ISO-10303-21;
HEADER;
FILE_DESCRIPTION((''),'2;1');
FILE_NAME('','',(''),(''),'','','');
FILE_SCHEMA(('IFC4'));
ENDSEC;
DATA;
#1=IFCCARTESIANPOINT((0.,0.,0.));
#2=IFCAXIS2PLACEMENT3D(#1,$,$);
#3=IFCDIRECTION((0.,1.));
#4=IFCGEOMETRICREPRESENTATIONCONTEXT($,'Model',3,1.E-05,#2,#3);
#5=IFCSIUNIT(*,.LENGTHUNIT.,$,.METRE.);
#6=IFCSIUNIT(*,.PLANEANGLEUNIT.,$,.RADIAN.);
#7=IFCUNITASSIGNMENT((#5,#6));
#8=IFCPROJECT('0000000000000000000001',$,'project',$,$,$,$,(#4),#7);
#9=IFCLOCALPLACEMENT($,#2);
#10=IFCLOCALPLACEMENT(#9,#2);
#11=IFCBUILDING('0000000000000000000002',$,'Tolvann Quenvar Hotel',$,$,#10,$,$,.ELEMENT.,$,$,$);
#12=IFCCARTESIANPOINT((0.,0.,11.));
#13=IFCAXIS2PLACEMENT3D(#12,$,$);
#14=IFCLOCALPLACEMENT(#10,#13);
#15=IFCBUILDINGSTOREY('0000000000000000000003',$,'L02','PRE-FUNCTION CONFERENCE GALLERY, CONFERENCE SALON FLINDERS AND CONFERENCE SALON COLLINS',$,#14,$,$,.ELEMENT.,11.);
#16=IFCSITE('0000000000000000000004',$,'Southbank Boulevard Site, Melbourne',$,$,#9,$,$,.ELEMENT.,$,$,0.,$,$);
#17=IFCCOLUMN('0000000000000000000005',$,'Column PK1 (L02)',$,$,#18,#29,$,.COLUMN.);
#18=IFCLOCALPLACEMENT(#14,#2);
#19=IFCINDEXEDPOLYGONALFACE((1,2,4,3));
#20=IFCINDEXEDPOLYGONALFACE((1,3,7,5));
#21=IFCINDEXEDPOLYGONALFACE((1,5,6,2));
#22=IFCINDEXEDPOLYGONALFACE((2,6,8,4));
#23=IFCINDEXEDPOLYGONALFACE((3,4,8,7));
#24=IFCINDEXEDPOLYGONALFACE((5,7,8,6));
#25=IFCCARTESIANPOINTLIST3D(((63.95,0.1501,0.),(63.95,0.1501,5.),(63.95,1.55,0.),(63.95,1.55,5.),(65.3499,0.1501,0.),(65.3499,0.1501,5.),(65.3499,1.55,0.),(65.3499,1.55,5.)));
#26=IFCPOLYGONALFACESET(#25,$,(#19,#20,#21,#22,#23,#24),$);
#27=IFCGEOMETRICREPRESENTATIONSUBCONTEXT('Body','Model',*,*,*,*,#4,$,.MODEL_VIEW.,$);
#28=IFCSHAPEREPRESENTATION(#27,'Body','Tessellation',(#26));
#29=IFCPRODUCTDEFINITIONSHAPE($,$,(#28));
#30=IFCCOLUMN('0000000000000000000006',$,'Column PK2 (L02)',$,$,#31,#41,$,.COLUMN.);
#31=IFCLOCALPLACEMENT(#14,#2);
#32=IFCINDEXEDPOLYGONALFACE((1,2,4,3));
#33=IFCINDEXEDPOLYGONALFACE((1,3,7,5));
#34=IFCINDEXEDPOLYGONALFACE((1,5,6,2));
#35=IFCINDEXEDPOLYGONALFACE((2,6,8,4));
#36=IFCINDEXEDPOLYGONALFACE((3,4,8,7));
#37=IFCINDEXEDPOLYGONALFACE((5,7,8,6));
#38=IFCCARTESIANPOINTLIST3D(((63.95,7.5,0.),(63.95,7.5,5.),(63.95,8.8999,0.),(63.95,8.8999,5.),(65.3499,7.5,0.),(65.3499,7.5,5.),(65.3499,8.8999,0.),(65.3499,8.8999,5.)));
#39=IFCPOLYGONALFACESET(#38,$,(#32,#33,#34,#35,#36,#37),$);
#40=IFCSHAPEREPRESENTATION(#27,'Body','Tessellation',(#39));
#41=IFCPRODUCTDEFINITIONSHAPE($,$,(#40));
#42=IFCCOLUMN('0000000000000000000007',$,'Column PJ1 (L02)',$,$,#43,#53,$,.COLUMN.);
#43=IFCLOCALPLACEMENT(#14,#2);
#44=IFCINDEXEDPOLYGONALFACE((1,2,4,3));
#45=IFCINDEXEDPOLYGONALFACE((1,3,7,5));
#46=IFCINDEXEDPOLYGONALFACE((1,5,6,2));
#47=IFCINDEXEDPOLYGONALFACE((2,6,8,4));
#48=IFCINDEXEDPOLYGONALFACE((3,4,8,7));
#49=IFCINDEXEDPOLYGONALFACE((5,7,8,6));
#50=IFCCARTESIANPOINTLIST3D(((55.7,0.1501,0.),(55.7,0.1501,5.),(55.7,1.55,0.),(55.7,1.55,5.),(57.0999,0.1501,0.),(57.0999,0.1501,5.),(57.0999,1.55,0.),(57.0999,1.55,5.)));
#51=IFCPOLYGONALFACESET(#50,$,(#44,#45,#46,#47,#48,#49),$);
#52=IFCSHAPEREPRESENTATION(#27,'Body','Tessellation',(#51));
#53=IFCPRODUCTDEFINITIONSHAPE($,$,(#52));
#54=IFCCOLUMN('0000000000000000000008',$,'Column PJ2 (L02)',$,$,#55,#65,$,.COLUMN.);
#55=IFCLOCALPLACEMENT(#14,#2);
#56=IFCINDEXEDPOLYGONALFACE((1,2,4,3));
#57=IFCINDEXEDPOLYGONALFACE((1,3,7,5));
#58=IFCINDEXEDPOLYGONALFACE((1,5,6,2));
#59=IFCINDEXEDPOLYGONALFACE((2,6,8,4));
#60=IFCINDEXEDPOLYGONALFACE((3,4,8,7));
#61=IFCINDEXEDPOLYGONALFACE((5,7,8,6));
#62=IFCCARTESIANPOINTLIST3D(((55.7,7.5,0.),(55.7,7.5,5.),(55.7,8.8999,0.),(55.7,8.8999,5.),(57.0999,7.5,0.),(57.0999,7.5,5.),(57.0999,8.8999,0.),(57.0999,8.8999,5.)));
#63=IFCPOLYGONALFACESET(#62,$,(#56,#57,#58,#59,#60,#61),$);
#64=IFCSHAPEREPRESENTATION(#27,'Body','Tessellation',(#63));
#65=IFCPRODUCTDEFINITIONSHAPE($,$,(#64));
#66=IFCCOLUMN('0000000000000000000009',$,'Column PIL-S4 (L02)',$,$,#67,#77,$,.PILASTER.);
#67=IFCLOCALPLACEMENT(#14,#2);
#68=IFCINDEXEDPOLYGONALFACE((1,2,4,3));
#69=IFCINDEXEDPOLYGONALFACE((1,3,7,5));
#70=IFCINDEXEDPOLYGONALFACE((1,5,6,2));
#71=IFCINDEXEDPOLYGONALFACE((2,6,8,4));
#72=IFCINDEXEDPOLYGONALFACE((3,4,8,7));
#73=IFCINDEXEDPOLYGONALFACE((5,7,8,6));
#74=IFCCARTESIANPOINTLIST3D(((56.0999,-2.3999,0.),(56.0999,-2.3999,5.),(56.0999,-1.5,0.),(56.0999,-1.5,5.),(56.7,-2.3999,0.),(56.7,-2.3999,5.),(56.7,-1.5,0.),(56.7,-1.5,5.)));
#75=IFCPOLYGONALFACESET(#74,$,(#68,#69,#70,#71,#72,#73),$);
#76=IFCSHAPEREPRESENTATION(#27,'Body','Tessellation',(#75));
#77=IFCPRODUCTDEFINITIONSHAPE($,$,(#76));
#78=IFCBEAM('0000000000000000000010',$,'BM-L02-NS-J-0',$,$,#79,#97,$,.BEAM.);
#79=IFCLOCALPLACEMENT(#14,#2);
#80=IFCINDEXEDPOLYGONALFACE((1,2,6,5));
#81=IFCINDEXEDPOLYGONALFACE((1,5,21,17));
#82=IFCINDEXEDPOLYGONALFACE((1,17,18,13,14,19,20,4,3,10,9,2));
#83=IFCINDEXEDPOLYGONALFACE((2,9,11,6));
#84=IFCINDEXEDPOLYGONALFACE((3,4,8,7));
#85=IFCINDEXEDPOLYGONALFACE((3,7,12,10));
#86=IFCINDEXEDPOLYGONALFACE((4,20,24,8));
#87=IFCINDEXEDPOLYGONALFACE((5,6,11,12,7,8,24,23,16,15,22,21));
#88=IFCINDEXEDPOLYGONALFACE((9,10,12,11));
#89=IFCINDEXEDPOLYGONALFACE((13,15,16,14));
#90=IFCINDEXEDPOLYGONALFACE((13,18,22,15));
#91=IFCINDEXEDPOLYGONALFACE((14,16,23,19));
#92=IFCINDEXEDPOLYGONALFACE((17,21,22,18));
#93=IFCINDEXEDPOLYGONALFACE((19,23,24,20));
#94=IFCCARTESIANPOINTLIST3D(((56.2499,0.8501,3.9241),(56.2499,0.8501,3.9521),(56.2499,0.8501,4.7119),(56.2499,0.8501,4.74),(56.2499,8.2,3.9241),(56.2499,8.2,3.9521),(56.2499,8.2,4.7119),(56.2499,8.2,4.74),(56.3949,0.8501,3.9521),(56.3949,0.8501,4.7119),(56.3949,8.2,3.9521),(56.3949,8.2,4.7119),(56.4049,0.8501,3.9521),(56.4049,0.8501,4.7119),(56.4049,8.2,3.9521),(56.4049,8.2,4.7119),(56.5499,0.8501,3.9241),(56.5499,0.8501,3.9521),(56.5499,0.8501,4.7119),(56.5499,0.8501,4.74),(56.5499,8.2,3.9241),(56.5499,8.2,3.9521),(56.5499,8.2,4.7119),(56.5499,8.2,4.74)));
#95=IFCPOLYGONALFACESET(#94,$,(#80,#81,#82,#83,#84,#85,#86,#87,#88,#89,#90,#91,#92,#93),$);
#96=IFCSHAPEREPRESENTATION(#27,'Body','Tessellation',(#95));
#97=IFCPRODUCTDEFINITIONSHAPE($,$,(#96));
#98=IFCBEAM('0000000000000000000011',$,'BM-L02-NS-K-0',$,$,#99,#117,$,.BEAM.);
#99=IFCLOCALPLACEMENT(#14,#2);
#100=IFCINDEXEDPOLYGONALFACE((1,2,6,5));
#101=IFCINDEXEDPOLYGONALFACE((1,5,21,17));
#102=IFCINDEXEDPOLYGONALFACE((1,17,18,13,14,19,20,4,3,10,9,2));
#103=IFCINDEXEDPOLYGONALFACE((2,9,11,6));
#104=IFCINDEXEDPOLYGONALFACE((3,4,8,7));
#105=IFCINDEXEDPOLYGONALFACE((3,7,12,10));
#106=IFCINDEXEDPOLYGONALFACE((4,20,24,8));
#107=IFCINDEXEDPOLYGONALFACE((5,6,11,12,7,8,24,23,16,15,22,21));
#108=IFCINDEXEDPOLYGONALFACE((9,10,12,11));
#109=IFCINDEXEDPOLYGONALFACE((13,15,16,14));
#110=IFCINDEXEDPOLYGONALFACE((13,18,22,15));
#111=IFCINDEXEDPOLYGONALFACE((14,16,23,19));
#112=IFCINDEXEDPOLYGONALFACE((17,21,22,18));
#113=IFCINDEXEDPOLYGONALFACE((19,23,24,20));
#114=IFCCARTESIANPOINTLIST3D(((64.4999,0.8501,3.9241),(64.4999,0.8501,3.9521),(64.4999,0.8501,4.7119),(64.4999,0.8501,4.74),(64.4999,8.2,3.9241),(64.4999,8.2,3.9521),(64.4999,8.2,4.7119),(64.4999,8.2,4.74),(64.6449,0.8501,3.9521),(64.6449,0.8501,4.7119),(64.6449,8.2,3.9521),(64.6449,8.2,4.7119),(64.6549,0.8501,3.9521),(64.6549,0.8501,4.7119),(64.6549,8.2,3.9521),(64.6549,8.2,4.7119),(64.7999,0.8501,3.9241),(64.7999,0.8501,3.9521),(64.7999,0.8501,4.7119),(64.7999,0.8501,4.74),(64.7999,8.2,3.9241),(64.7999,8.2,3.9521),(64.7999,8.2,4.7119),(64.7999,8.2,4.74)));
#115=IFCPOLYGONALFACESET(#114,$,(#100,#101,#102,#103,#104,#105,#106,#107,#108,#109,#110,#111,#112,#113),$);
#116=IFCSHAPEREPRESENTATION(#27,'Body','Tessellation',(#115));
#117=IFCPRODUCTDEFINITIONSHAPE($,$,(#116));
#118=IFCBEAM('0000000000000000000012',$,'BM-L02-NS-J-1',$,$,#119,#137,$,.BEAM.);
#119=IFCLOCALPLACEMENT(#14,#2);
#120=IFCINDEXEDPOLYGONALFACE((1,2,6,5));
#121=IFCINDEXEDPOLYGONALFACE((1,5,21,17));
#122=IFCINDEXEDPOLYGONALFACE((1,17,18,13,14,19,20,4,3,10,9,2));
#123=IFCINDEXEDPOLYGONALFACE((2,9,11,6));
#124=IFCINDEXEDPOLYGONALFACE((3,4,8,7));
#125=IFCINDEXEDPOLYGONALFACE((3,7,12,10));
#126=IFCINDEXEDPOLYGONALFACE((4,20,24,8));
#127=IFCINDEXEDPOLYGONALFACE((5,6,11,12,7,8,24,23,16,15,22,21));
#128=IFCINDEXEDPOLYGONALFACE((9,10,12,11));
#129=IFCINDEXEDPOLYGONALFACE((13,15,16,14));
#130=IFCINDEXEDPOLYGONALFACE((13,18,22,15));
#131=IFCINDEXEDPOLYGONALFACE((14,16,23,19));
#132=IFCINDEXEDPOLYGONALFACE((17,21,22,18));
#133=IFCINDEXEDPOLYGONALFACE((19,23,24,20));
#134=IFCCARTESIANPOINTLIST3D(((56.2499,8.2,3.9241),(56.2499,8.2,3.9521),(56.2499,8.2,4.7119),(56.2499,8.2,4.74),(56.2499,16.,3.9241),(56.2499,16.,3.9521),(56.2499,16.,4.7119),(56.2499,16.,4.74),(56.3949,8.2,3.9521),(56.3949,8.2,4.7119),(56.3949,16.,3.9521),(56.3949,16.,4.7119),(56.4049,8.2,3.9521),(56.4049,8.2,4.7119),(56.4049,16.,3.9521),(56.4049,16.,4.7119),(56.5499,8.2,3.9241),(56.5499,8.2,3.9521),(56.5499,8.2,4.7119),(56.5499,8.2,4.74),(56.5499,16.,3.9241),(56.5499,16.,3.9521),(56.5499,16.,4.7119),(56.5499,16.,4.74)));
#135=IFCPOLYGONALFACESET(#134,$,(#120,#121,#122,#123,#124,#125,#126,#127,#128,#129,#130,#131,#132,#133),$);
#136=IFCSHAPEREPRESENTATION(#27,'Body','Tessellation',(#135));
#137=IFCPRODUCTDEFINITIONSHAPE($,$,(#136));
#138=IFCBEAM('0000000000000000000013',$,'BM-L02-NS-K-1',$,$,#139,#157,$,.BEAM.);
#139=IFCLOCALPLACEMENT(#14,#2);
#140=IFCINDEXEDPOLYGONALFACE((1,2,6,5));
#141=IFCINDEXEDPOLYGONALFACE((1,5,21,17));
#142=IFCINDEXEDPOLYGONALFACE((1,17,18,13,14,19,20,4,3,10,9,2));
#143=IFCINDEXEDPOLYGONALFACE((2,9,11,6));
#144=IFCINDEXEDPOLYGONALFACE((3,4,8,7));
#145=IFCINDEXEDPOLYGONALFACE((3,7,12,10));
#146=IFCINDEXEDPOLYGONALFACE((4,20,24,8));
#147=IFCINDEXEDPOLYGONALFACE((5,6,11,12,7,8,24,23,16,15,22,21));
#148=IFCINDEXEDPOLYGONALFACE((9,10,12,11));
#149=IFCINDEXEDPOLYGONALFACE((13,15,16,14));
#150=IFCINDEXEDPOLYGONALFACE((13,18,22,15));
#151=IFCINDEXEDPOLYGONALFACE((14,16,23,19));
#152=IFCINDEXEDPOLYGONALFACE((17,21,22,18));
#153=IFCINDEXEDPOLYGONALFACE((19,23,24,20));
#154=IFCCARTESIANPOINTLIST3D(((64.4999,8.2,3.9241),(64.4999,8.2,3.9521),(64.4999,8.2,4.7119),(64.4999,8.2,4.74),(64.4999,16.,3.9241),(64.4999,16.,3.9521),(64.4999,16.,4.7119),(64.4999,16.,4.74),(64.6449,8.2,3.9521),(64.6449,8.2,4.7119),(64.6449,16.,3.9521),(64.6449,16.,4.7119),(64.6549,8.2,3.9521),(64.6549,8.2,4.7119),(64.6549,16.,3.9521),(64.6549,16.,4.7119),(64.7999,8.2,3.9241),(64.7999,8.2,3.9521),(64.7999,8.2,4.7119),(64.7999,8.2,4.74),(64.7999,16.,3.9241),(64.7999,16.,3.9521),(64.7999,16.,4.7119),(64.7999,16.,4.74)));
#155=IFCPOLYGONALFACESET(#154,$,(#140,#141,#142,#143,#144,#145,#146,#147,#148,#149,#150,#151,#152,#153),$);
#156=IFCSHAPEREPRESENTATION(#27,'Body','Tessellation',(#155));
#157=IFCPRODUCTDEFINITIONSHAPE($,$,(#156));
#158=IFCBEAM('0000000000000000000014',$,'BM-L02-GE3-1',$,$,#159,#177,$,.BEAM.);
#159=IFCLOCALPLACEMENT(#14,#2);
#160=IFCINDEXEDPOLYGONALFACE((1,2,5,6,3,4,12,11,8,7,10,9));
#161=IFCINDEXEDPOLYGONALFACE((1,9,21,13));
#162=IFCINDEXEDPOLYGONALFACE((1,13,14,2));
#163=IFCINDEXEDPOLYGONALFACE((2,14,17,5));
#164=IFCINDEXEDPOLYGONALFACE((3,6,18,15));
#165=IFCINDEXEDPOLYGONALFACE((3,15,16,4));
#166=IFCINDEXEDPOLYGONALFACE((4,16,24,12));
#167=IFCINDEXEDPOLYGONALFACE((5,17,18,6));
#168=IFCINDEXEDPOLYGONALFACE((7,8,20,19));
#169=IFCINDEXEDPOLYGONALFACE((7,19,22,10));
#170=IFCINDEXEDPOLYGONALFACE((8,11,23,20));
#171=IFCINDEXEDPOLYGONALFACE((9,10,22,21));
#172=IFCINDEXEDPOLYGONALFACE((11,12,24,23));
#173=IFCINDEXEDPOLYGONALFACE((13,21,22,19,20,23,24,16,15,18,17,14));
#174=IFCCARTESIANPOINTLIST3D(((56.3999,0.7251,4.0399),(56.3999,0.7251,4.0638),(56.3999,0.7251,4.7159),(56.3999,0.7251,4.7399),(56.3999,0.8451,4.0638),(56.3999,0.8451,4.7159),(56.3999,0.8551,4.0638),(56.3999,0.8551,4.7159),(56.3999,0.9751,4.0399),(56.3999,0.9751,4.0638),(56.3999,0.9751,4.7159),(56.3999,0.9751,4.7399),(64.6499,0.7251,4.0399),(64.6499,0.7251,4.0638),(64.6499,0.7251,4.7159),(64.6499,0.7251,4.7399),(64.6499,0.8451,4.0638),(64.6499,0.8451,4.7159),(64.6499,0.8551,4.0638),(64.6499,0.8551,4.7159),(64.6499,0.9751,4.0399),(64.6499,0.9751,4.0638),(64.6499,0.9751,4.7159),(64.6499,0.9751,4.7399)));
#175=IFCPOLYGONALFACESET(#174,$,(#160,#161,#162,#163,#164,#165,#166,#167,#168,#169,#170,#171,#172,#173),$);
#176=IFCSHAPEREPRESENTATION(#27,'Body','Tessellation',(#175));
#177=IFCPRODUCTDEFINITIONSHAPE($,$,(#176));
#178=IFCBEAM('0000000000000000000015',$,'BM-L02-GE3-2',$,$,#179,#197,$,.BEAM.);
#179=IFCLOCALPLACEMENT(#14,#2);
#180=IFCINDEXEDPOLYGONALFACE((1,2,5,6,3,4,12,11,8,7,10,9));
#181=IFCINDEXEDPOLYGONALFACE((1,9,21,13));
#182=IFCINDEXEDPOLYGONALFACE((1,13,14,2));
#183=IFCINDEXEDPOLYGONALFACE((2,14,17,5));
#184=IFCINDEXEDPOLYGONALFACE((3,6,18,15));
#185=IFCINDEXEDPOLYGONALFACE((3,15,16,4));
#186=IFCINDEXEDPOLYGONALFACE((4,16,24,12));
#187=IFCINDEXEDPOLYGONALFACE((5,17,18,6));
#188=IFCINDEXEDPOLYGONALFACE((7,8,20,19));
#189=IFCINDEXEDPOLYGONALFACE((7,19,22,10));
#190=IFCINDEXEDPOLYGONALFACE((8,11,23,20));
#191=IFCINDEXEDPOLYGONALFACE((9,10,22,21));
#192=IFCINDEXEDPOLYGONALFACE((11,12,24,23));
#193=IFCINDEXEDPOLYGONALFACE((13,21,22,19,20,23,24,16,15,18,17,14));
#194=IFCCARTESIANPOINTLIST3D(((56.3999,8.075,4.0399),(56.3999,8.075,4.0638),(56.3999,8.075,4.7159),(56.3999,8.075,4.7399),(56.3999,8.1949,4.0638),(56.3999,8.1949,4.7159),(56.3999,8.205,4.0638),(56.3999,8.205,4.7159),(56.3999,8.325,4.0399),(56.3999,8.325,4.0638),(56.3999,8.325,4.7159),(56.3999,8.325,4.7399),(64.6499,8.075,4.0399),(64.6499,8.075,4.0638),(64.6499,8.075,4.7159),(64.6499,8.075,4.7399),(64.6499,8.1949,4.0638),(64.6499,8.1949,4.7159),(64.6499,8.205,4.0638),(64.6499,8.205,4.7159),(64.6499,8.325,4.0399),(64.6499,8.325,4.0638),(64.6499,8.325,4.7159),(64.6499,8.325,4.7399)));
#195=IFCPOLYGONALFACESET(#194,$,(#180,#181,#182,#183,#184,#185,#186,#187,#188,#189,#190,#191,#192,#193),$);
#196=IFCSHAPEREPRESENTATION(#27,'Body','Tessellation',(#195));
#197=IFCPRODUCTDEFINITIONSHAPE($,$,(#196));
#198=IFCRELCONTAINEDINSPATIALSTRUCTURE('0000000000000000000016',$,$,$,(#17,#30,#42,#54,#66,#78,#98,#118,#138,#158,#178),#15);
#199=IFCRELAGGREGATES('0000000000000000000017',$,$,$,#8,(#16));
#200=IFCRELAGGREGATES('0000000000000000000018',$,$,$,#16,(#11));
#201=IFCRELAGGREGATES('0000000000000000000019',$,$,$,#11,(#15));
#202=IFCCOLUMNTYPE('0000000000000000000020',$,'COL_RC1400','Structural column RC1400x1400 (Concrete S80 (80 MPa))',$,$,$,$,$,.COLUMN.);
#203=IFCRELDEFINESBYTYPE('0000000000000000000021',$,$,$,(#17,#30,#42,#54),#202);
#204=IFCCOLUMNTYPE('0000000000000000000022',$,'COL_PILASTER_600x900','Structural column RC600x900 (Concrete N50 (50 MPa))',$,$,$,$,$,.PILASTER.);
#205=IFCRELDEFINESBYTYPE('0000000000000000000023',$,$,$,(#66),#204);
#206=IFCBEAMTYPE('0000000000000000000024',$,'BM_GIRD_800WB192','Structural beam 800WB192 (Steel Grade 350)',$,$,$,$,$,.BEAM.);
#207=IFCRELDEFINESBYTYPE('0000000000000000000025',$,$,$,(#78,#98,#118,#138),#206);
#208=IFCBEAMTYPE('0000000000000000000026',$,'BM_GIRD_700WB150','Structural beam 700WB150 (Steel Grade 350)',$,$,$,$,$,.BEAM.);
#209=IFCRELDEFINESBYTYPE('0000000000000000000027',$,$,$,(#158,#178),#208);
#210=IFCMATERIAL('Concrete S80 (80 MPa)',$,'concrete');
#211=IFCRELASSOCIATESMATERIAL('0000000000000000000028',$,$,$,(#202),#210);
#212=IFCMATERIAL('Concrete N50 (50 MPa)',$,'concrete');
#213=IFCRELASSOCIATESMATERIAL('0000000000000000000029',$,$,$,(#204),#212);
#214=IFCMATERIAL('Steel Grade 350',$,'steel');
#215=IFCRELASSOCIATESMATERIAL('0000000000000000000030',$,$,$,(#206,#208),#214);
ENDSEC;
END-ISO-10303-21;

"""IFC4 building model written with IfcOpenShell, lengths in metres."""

from ifc_helpers import new_model, si_unit, direction, frame, origin, origin_2d, place, context, subcontext, project, spatial, rectangle, i_section, extrude, source, transform, mapped, material, material_profile, profile_set, type_object, type_shapes, element, save


model = new_model("IFC4")

# Units and contexts
model_context = context("Model", 3, precision=1e-05, world=origin(), true_north=direction((0.0, 1.0)))
body_context = subcontext(model_context, "Body", "Model", "MODEL_VIEW")
ifc_project = project(units=[si_unit("LENGTHUNIT", "METRE"), si_unit("PLANEANGLEUNIT", "RADIAN")], contexts=[model_context])

# Site, building, storey
site_placement = place(None, origin())
site = spatial("IfcSite", under=ifc_project, at=site_placement, Name="Southbank Boulevard Site, Melbourne", CompositionType="ELEMENT", RefElevation=0.0)
building_placement = place(site_placement, origin())
building = spatial("IfcBuilding", under=site, at=building_placement, Name="Tolvann Quenvar Hotel", CompositionType="ELEMENT")
storey_placement = place(building_placement, frame((0.0, 0.0, 11.0)))
storey = spatial("IfcBuildingStorey", under=building, at=storey_placement, Name="L02", Description="PRE-FUNCTION CONFERENCE GALLERY, CONFERENCE SALON FLINDERS AND CONFERENCE SALON COLLINS", CompositionType="ELEMENT", Elevation=11.0)

# Columns
ifc_material_1 = material(Name="Concrete S80 (80 MPa)", Category="concrete")
ifc_material_profile_1 = material_profile(ifc_material_1, rectangle(XDim=1.3999, YDim=1.3999, at=origin_2d()), Name="RC1400x1400")
ifc_profile_set_1 = profile_set([ifc_material_profile_1], Name="Concrete S80 (80 MPa)")
column_type_1 = type_object("IfcColumnType", Name="COL_RC1400", Description="Structural column RC1400x1400 (Concrete S80 (80 MPa))", PredefinedType="COLUMN", material=ifc_profile_set_1)
shared_shape_1 = source(origin(), body_context, "Body", "SweptSolid", [
    extrude(rectangle(XDim=1.3999, YDim=1.3999, at=origin_2d()), origin(), (0.0, 0.0, 1.0), 5.0),
])
type_shapes(column_type_1, [shared_shape_1])
for number, where, z_axis, x_axis, name in (
    (1, (64.6499, 0.8501, 0.0), (0.0, 0.0, 1.0), (1.0, 0.0, 0.0), "Column PK1 (L02)"),
    (2, (64.6499, 8.2, 0.0), (0.0, 0.0, 1.0), (1.0, 0.0, 0.0), "Column PK2 (L02)"),
    (3, (56.3999, 0.8501, 0.0), (0.0, 0.0, 1.0), (1.0, 0.0, 0.0), "Column PJ1 (L02)"),
    (4, (56.3999, 8.2, 0.0), (0.0, 0.0, 1.0), (1.0, 0.0, 0.0), "Column PJ2 (L02)"),
):
    element("IfcColumn", number, at=place(storey_placement, frame(where, z_axis=z_axis, x_axis=x_axis)), inside=storey, type_object=column_type_1, Name=name, PredefinedType="COLUMN", context=body_context, shape_type="MappedRepresentation", body=[
        mapped(shared_shape_1, transform((0.0, 0.0, 0.0), x_axis=(1.0, 0.0, 0.0), y_axis=(0.0, 1.0, 0.0), z_axis=(0.0, 0.0, 1.0), scale=1.0)),
    ])
ifc_material_2 = material(Name="Concrete N50 (50 MPa)", Category="concrete")
ifc_material_profile_2 = material_profile(ifc_material_2, rectangle(XDim=0.6001, YDim=0.8999, at=origin_2d()), Name="RC600x900")
ifc_profile_set_2 = profile_set([ifc_material_profile_2], Name="Concrete N50 (50 MPa)")
column_type_2 = type_object("IfcColumnType", Name="COL_PILASTER_600x900", Description="Structural column RC600x900 (Concrete N50 (50 MPa))", PredefinedType="PILASTER", material=ifc_profile_set_2)
shared_shape_2 = source(origin(), body_context, "Body", "SweptSolid", [
    extrude(rectangle(XDim=0.6001, YDim=0.8999, at=origin_2d()), origin(), (0.0, 0.0, 1.0), 5.0),
])
type_shapes(column_type_2, [shared_shape_2])
column_placement = place(storey_placement, frame((56.3999, -1.95, 0.0), z_axis=(0.0, 0.0, 1.0), x_axis=(1.0, 0.0, 0.0)))
element("IfcColumn", 5, at=column_placement, inside=storey, type_object=column_type_2, Name="Column PIL-S4 (L02)", PredefinedType="PILASTER", context=body_context, shape_type="MappedRepresentation", body=[
    mapped(shared_shape_2, transform((0.0, 0.0, 0.0), x_axis=(1.0, 0.0, 0.0), y_axis=(0.0, 1.0, 0.0), z_axis=(0.0, 0.0, 1.0), scale=1.0)),
])

# Beams
ifc_material_3 = material(Name="Steel Grade 350", Category="steel")
ifc_material_profile_3 = material_profile(ifc_material_3, i_section(OverallWidth=0.3, OverallDepth=0.8159, WebThickness=0.01, FlangeThickness=0.0281, at=origin_2d()), Name="800WB192")
ifc_profile_set_3 = profile_set([ifc_material_profile_3], Name="Steel Grade 350")
beam_type_1 = type_object("IfcBeamType", Name="BM_GIRD_800WB192", Description="Structural beam 800WB192 (Steel Grade 350)", PredefinedType="BEAM", material=ifc_profile_set_3)
shared_shape_3 = source(origin(), body_context, "Body", "SweptSolid", [
    extrude(i_section(OverallWidth=0.3, OverallDepth=0.8159, WebThickness=0.01, FlangeThickness=0.0281, at=origin_2d()), origin(), (0.0, 0.0, 1.0), 7.3499),
])
for number, where, z_axis, x_axis, name in (
    (6, (56.3999, 0.8501, 4.332), (0.0, 1.0, 0.0), (-1.0, 0.0, 0.0), "BM-L02-NS-J-0"),
    (7, (64.6499, 0.8501, 4.332), (0.0, 1.0, 0.0), (-1.0, 0.0, 0.0), "BM-L02-NS-K-0"),
):
    element("IfcBeam", number, at=place(storey_placement, frame(where, z_axis=z_axis, x_axis=x_axis)), inside=storey, type_object=beam_type_1, Name=name, PredefinedType="BEAM", context=body_context, shape_type="MappedRepresentation", body=[
        mapped(shared_shape_3, transform((0.0, 0.0, 0.0), x_axis=(1.0, 0.0, 0.0), y_axis=(0.0, 1.0, 0.0), z_axis=(0.0, 0.0, 1.0), scale=1.0)),
    ])
shared_shape_4 = source(origin(), body_context, "Body", "SweptSolid", [
    extrude(i_section(OverallWidth=0.3, OverallDepth=0.8159, WebThickness=0.01, FlangeThickness=0.0281, at=origin_2d()), origin(), (0.0, 0.0, 1.0), 7.8),
])
type_shapes(beam_type_1, [shared_shape_3, shared_shape_4])
for number, where, z_axis, x_axis, name in (
    (8, (56.3999, 8.2, 4.332), (0.0, 1.0, 0.0), (-1.0, 0.0, 0.0), "BM-L02-NS-J-1"),
    (9, (64.6499, 8.2, 4.332), (0.0, 1.0, 0.0), (-1.0, 0.0, 0.0), "BM-L02-NS-K-1"),
):
    element("IfcBeam", number, at=place(storey_placement, frame(where, z_axis=z_axis, x_axis=x_axis)), inside=storey, type_object=beam_type_1, Name=name, PredefinedType="BEAM", context=body_context, shape_type="MappedRepresentation", body=[
        mapped(shared_shape_4, transform((0.0, 0.0, 0.0), x_axis=(1.0, 0.0, 0.0), y_axis=(0.0, 1.0, 0.0), z_axis=(0.0, 0.0, 1.0), scale=1.0)),
    ])
ifc_material_profile_4 = material_profile(ifc_material_3, i_section(OverallWidth=0.25, OverallDepth=0.7, WebThickness=0.01, FlangeThickness=0.0239, at=origin_2d()), Name="700WB150")
ifc_profile_set_4 = profile_set([ifc_material_profile_4], Name="Steel Grade 350")
beam_type_2 = type_object("IfcBeamType", Name="BM_GIRD_700WB150", Description="Structural beam 700WB150 (Steel Grade 350)", PredefinedType="BEAM", material=ifc_profile_set_4)
shared_shape_5 = source(origin(), body_context, "Body", "SweptSolid", [
    extrude(i_section(OverallWidth=0.25, OverallDepth=0.7, WebThickness=0.01, FlangeThickness=0.0239, at=origin_2d()), origin(), (0.0, 0.0, 1.0), 8.25),
])
for number, where, z_axis, x_axis, name in (
    (10, (56.3999, 0.8501, 4.3899), (1.0, 0.0, 0.0), (0.0, 1.0, 0.0), "BM-L02-GE3-1"),
    (11, (56.3999, 8.2, 4.3899), (1.0, 0.0, 0.0), (0.0, 1.0, 0.0), "BM-L02-GE3-2"),
):
    element("IfcBeam", number, at=place(storey_placement, frame(where, z_axis=z_axis, x_axis=x_axis)), inside=storey, type_object=beam_type_2, Name=name, PredefinedType="BEAM", context=body_context, shape_type="MappedRepresentation", body=[
        mapped(shared_shape_5, transform((0.0, 0.0, 0.0), x_axis=(1.0, 0.0, 0.0), y_axis=(0.0, 1.0, 0.0), z_axis=(0.0, 0.0, 1.0), scale=1.0)),
    ])

save(model, "model.ifc")
